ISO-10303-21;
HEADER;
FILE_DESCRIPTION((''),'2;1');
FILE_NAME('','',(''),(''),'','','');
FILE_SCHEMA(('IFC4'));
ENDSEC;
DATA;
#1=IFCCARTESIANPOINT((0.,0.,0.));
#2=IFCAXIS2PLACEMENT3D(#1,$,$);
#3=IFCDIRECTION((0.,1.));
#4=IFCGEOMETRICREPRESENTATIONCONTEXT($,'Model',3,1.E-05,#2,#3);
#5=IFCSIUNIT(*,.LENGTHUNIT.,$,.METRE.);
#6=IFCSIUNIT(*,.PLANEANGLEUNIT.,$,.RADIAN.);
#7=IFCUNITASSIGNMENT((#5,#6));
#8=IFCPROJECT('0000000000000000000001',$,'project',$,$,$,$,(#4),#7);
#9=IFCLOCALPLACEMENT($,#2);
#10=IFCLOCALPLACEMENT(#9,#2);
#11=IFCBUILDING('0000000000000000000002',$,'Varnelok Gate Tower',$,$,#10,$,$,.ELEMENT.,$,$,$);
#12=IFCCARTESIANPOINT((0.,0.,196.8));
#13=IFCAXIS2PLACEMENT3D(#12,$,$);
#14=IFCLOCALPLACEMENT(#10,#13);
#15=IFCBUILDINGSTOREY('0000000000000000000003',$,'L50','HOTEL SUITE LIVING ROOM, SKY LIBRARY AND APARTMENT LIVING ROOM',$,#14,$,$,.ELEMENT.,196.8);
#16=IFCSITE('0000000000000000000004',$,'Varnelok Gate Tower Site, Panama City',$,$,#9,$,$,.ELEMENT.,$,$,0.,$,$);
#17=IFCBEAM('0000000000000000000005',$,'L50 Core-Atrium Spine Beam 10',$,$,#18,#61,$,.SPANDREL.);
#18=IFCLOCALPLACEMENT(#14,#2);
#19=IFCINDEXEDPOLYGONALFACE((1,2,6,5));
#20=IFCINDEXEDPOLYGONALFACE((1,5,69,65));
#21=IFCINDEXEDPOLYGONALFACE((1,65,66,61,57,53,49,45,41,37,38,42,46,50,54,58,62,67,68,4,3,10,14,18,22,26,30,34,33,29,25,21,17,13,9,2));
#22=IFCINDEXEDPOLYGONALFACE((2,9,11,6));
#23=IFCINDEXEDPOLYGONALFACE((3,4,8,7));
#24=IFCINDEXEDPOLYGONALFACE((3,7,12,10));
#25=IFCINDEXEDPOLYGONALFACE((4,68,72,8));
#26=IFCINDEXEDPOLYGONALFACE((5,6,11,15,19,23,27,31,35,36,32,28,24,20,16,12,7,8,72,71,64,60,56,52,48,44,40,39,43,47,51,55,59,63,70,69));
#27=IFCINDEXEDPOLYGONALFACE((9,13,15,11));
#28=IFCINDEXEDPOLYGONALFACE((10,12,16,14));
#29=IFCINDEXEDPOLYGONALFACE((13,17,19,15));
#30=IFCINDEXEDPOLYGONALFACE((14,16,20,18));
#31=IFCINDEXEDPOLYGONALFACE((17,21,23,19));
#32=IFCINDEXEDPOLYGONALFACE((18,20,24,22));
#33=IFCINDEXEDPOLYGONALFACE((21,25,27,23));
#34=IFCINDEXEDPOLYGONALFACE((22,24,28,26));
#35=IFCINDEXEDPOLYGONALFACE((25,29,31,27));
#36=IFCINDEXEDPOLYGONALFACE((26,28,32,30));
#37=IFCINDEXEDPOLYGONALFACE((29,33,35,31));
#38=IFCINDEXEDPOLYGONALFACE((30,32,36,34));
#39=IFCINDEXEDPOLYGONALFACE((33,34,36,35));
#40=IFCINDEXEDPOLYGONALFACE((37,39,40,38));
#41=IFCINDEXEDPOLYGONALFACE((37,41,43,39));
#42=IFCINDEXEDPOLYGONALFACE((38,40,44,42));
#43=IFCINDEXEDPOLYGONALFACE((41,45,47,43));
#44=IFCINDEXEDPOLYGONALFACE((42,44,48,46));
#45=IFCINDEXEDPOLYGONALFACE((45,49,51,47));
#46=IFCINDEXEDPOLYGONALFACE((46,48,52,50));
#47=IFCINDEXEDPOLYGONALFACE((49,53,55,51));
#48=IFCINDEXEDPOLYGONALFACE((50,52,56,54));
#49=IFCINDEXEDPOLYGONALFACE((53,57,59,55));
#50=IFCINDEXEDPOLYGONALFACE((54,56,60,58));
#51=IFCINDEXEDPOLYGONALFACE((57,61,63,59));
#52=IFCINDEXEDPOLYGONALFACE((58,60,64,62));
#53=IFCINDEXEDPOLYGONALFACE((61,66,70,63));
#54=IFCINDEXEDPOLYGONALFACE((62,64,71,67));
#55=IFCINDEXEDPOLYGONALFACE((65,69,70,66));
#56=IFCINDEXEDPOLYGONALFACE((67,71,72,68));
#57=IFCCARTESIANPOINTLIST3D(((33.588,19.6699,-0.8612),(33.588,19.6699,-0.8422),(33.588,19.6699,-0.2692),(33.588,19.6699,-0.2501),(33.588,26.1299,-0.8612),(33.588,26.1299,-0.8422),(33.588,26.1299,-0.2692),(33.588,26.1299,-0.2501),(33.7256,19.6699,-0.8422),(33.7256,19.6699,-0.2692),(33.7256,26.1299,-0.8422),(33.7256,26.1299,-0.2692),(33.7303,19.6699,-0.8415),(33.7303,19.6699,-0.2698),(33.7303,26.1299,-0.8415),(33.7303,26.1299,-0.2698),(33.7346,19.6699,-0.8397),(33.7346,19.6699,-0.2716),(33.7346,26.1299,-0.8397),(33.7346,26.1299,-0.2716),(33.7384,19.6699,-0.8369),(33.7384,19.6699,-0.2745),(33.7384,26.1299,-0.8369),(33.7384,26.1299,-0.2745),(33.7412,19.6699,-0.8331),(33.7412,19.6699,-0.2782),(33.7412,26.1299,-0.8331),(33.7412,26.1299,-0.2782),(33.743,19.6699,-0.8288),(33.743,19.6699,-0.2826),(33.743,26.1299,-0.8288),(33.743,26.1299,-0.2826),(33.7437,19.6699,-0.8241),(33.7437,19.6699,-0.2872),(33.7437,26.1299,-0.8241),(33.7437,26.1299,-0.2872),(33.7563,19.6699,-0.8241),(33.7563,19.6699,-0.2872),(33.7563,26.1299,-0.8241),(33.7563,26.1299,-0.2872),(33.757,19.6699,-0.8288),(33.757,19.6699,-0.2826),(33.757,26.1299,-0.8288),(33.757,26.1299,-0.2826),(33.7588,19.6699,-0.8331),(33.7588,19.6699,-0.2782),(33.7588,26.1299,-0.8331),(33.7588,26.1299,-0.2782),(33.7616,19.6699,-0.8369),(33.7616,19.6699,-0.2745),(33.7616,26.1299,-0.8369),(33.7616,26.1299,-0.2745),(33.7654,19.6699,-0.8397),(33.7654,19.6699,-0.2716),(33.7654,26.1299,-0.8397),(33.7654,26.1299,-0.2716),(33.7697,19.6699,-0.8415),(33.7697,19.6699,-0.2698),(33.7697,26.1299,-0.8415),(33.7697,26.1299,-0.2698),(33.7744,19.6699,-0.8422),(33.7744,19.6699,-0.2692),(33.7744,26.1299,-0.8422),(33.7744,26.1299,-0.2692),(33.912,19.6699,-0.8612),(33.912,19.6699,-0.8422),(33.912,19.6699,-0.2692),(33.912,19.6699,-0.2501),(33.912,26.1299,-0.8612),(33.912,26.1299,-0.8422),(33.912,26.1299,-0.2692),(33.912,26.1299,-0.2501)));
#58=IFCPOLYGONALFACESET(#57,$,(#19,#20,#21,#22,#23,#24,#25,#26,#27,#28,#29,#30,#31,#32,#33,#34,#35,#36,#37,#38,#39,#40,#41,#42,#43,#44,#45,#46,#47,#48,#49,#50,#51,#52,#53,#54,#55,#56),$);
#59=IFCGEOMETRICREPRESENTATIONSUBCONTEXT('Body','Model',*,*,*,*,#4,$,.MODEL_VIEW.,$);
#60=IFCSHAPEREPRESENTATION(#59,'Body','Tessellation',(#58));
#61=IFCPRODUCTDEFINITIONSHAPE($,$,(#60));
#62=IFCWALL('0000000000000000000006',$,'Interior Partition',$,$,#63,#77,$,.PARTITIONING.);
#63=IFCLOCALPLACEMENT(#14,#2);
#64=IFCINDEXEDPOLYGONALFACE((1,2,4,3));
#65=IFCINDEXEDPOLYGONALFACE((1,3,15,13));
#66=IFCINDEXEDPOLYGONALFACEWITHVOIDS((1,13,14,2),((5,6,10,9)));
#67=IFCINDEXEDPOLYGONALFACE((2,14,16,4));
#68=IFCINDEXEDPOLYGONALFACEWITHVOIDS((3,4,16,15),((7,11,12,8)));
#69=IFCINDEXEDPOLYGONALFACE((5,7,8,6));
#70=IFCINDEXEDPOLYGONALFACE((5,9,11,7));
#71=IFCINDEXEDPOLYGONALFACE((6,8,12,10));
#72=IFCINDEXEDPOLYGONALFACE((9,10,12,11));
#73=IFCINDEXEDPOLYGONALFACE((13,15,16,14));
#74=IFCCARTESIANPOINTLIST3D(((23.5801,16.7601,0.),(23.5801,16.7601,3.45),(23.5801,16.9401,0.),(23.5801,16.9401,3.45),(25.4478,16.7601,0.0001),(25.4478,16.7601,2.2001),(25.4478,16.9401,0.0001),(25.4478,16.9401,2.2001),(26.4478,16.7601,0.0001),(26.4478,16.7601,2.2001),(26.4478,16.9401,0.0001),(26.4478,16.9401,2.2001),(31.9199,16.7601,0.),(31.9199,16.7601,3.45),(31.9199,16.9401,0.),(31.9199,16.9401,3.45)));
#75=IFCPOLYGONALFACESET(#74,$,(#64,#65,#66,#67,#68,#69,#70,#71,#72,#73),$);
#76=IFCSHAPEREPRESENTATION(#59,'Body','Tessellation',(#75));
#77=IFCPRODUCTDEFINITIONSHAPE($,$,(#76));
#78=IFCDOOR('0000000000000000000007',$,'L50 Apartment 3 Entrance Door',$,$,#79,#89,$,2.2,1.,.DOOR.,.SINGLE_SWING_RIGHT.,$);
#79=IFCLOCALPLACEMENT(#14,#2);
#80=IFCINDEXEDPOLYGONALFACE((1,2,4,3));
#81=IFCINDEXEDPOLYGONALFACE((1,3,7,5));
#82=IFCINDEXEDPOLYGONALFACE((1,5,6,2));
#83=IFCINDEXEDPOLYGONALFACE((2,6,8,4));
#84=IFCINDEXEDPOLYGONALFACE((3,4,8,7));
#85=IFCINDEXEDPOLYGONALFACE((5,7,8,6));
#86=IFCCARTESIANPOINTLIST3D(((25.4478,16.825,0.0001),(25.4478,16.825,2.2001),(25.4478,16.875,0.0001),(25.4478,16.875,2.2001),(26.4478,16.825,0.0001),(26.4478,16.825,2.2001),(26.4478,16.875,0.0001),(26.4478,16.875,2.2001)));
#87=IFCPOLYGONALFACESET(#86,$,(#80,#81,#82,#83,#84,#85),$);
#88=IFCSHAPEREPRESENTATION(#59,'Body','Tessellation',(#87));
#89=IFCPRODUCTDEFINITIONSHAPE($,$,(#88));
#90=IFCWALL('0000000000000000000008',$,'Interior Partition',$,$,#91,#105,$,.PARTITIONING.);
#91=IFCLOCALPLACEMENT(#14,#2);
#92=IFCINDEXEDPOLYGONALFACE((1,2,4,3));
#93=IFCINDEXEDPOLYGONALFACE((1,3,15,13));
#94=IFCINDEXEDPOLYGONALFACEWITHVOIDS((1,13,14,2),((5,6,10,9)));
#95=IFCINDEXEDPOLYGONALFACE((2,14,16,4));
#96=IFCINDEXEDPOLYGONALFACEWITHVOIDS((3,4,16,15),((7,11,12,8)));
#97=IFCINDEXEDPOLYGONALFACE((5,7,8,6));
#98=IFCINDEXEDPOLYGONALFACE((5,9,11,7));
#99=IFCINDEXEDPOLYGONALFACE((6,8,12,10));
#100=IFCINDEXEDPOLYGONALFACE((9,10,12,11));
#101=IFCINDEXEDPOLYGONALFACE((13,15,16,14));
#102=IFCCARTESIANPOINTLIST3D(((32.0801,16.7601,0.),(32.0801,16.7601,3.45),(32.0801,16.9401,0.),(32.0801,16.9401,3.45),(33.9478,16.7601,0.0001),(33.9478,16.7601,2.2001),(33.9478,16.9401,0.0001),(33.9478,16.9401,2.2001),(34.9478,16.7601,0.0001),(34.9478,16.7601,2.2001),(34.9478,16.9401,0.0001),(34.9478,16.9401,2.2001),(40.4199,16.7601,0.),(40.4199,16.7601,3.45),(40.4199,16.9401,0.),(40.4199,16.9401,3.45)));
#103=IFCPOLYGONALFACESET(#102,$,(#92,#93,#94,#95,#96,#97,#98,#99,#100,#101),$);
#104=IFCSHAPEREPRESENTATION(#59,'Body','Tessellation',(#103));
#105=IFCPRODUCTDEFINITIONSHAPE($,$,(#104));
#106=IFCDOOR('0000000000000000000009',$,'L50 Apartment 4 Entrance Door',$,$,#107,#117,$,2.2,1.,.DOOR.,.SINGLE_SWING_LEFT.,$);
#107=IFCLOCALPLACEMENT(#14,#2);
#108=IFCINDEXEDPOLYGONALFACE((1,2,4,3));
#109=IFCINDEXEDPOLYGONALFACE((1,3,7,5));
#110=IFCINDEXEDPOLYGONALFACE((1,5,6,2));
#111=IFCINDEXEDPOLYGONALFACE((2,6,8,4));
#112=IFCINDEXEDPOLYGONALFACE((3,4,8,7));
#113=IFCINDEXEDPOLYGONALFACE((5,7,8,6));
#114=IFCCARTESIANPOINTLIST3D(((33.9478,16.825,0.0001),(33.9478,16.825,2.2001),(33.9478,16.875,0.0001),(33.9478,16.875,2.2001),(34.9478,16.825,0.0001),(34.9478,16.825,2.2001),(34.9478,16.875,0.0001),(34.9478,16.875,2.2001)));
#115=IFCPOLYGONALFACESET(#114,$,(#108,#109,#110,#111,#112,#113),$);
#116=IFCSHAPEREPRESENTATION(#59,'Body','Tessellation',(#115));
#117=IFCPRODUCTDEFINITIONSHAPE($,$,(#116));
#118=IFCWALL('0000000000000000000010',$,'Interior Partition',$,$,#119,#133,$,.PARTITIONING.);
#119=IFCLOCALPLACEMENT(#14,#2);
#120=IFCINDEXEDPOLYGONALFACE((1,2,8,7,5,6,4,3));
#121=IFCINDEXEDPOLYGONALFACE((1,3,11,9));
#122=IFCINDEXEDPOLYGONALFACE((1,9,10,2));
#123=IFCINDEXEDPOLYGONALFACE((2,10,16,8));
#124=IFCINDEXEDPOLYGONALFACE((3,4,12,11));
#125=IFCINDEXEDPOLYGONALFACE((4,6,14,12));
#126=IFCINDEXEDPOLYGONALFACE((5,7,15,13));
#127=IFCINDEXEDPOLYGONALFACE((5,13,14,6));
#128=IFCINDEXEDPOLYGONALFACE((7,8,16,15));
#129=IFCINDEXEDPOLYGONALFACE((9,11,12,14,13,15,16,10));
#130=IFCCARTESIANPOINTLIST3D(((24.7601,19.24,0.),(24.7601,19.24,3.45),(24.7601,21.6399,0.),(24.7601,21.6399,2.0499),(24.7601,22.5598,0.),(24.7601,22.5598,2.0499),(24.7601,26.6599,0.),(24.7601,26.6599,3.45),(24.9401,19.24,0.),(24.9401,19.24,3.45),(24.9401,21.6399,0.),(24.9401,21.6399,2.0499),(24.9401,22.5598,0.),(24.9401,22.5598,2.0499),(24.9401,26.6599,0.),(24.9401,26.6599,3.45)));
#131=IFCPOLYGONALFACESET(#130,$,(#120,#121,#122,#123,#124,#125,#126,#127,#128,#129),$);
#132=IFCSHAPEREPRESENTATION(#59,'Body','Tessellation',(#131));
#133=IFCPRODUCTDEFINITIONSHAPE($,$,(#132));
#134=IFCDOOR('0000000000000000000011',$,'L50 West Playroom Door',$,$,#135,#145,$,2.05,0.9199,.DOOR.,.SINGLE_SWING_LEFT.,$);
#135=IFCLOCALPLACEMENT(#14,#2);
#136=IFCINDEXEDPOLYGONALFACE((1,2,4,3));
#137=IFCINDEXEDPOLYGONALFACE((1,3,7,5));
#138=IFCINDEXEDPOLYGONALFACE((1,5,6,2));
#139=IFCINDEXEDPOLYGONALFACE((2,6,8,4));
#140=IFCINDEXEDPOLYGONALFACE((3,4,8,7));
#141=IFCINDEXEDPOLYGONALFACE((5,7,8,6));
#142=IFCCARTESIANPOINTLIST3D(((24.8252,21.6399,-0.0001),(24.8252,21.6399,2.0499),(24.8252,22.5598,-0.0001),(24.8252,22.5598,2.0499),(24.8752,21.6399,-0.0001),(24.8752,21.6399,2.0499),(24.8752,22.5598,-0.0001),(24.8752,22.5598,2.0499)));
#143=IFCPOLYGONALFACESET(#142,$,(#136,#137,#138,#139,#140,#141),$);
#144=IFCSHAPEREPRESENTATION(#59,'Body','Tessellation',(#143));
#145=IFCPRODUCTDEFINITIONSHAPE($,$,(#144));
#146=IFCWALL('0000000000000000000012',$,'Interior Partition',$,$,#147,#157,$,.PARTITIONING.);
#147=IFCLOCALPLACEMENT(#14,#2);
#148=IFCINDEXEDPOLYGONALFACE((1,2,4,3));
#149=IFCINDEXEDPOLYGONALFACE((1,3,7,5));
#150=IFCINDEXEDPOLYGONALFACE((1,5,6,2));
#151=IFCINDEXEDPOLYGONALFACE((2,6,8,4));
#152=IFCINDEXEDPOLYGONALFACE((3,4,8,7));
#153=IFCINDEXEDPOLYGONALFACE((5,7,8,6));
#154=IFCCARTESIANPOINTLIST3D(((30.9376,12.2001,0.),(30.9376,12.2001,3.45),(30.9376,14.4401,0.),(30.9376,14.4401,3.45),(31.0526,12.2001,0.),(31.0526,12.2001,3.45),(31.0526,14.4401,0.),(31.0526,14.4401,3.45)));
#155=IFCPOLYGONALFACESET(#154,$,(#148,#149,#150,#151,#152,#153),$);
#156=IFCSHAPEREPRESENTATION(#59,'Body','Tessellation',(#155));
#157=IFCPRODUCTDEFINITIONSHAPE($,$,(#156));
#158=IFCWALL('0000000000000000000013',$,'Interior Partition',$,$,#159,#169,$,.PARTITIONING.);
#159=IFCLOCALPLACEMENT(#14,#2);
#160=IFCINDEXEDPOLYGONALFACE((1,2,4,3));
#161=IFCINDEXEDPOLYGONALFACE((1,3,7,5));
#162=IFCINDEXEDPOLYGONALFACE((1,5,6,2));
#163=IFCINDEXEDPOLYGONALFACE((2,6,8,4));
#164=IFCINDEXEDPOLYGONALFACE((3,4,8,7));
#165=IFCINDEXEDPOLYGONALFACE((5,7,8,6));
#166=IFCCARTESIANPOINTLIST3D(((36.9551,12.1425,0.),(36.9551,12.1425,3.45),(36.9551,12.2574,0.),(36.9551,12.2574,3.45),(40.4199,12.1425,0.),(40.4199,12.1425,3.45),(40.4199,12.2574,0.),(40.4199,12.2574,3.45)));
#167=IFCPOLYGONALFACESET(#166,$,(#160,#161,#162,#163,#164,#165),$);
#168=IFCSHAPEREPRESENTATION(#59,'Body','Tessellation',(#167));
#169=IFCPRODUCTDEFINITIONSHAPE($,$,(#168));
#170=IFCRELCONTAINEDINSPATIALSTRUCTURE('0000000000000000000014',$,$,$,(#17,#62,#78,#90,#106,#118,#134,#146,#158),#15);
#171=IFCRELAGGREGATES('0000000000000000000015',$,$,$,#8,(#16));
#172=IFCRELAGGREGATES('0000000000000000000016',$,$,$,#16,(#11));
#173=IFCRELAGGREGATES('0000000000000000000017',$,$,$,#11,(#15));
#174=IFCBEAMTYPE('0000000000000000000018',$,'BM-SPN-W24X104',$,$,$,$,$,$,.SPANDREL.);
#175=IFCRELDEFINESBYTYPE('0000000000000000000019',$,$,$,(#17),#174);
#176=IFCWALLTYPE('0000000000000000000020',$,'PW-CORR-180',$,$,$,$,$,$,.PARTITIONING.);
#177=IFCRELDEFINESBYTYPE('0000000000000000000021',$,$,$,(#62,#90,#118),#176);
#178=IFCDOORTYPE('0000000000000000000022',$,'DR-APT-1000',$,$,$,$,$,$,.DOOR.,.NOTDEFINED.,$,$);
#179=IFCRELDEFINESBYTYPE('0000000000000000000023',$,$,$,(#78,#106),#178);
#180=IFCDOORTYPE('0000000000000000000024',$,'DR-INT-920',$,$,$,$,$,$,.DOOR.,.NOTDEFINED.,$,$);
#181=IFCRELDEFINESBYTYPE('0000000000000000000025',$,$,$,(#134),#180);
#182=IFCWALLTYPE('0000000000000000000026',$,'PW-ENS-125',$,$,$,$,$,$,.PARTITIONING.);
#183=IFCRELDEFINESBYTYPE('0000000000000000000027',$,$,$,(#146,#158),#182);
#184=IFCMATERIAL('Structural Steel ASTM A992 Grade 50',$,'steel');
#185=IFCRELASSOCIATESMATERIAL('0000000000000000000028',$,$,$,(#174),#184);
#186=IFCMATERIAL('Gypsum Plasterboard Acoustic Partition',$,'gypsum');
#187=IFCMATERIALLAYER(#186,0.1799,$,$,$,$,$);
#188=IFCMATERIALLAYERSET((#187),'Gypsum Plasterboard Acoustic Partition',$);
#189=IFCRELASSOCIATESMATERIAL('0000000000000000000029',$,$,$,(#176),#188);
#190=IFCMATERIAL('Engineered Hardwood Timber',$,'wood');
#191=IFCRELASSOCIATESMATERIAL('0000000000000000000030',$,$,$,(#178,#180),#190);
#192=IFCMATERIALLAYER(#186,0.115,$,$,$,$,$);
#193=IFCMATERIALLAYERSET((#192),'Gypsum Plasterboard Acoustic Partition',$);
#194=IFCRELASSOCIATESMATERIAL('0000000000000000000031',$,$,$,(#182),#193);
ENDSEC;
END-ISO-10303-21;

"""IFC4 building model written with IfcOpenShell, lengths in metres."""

from ifc_helpers import new_model, si_unit, direction, frame, frame_2d, origin, origin_2d, place, context, subcontext, project, spatial, rectangle, i_section, extrude, material, layer, layer_set, material_profile, profile_set, type_object, element, fill, save


model = new_model("IFC4")

# Units and contexts
model_context = context("Model", 3, precision=1e-05, world=origin(), true_north=direction((0.0, 1.0)))
body_context = subcontext(model_context, "Body", "Model", "MODEL_VIEW")
ifc_project = project(units=[si_unit("LENGTHUNIT", "METRE"), si_unit("PLANEANGLEUNIT", "RADIAN")], contexts=[model_context])

# Site, building, storey
site_placement = place(None, origin())
site = spatial("IfcSite", under=ifc_project, at=site_placement, Name="Varnelok Gate Tower Site, Panama City", CompositionType="ELEMENT", RefElevation=0.0)
building_placement = place(site_placement, origin())
building = spatial("IfcBuilding", under=site, at=building_placement, Name="Varnelok Gate Tower", CompositionType="ELEMENT")
storey_placement = place(building_placement, frame((0.0, 0.0, 196.8)))
storey = spatial("IfcBuildingStorey", under=building, at=storey_placement, Name="L50", Description="HOTEL SUITE LIVING ROOM, SKY LIBRARY AND APARTMENT LIVING ROOM", CompositionType="ELEMENT", Elevation=196.8)

# Shared definitions
ifc_material_1 = material(Name="Structural Steel ASTM A992 Grade 50", Category="steel")

# Beam
ifc_material_profile_1 = material_profile(ifc_material_1, i_section(OverallWidth=0.324, OverallDepth=0.6111, WebThickness=0.0127, FlangeThickness=0.019, FilletRadius=0.0181, at=origin_2d()), Name="W24X104")
ifc_profile_set_1 = profile_set([ifc_material_profile_1], Name="Structural Steel ASTM A992 Grade 50")
beam_type_1 = type_object("IfcBeamType", Name="BM-SPN-W24X104", PredefinedType="SPANDREL", material=ifc_profile_set_1)
beam_1_placement = place(storey_placement, frame((33.75, 19.6699, -0.5557), z_axis=(0.0, 1.0, 0.0), x_axis=(-1.0, 0.0, 0.0)))
element("IfcBeam", 1, at=beam_1_placement, inside=storey, type_object=beam_type_1, Name="L50 Core-Atrium Spine Beam 10", PredefinedType="SPANDREL", context=body_context, shape_type="SweptSolid", body=[
    extrude(i_section(OverallWidth=0.324, OverallDepth=0.6111, WebThickness=0.0127, FlangeThickness=0.019, FilletRadius=0.0181, at=origin_2d()), origin(), (0.0, 0.0, 1.0), 6.46),
])

# Walls, openings, doors
ifc_material_2 = material(Name="Gypsum Plasterboard Acoustic Partition", Category="gypsum")
ifc_layer_1 = layer(ifc_material_2, 0.1799)
ifc_layer_set_1 = layer_set([ifc_layer_1], Name="Gypsum Plasterboard Acoustic Partition")
wall_type_1 = type_object("IfcWallType", Name="PW-CORR-180", PredefinedType="PARTITIONING", material=ifc_layer_set_1)
wall_1_placement = place(storey_placement, frame((23.5801, 16.8501, 0.0), z_axis=(0.0, 0.0, 1.0), x_axis=(1.0, 0.0, 0.0)))
wall_1 = element("IfcWall", 2, at=wall_1_placement, inside=storey, type_object=wall_type_1, Name="Interior Partition", PredefinedType="PARTITIONING", context=body_context, shape_type="SweptSolid", body=[
    extrude(rectangle(XDim=8.3398, YDim=0.1799, at=frame_2d((4.1699, 0.0))), origin(), (0.0, 0.0, 1.0), 3.45),
])
opening_1_placement = place(wall_1_placement, frame((1.8677, 0.0, 0.0)))
opening_1 = element("IfcOpeningElement", 3, at=opening_1_placement, cuts=wall_1, PredefinedType="OPENING", context=body_context, shape_type="SweptSolid", body=[
    extrude(rectangle(XDim=1.0, YDim=2.2, at=frame_2d((0.5, 1.1001))), frame((0.0, 0.0999, 0.0), z_axis=(0.0, -1.0, 0.0), x_axis=(1.0, 0.0, 0.0)), (0.0, 0.0, 1.0), 0.2),
])
ifc_material_3 = material(Name="Engineered Hardwood Timber", Category="wood")
door_type_1 = type_object("IfcDoorType", Name="DR-APT-1000", OperationType="NOTDEFINED", PredefinedType="DOOR", material=ifc_material_3)
door_1_placement = place(opening_1_placement, origin())
door_1 = element("IfcDoor", 4, at=door_1_placement, inside=storey, type_object=door_type_1, Name="L50 Apartment 3 Entrance Door", OperationType="SINGLE_SWING_RIGHT", OverallHeight=2.2, OverallWidth=1.0, PredefinedType="DOOR", context=body_context, shape_type="SweptSolid", body=[
    extrude(rectangle(XDim=1.0, YDim=2.2, at=frame_2d((0.5, 1.1001))), frame((0.0, 0.0249, 0.0), z_axis=(0.0, -1.0, 0.0), x_axis=(1.0, 0.0, 0.0)), (0.0, 0.0, 1.0), 0.05),
])
fill(opening_1, door_1)
wall_2_placement = place(storey_placement, frame((32.0801, 16.8501, 0.0), z_axis=(0.0, 0.0, 1.0), x_axis=(1.0, 0.0, 0.0)))
wall_2 = element("IfcWall", 5, at=wall_2_placement, inside=storey, type_object=wall_type_1, Name="Interior Partition", PredefinedType="PARTITIONING", context=body_context, shape_type="SweptSolid", body=[
    extrude(rectangle(XDim=8.3398, YDim=0.1799, at=frame_2d((4.1699, 0.0))), origin(), (0.0, 0.0, 1.0), 3.45),
])
opening_2_placement = place(wall_2_placement, frame((1.8677, 0.0, 0.0)))
opening_2 = element("IfcOpeningElement", 6, at=opening_2_placement, cuts=wall_2, PredefinedType="OPENING", context=body_context, shape_type="SweptSolid", body=[
    extrude(rectangle(XDim=1.0, YDim=2.2, at=frame_2d((0.5, 1.1001))), frame((0.0, 0.0999, 0.0), z_axis=(0.0, -1.0, 0.0), x_axis=(1.0, 0.0, 0.0)), (0.0, 0.0, 1.0), 0.2),
])
door_2_placement = place(opening_2_placement, origin())
door_2 = element("IfcDoor", 7, at=door_2_placement, inside=storey, type_object=door_type_1, Name="L50 Apartment 4 Entrance Door", OperationType="SINGLE_SWING_LEFT", OverallHeight=2.2, OverallWidth=1.0, PredefinedType="DOOR", context=body_context, shape_type="SweptSolid", body=[
    extrude(rectangle(XDim=1.0, YDim=2.2, at=frame_2d((0.5, 1.1001))), frame((0.0, 0.0249, 0.0), z_axis=(0.0, -1.0, 0.0), x_axis=(1.0, 0.0, 0.0)), (0.0, 0.0, 1.0), 0.05),
])
fill(opening_2, door_2)
wall_3_placement = place(storey_placement, frame((24.8501, 19.24, 0.0), z_axis=(0.0, 0.0, 1.0), x_axis=(0.0, 1.0, 0.0)))
wall_3 = element("IfcWall", 8, at=wall_3_placement, inside=storey, type_object=wall_type_1, Name="Interior Partition", PredefinedType="PARTITIONING", context=body_context, shape_type="SweptSolid", body=[
    extrude(rectangle(XDim=7.4199, YDim=0.1799, at=frame_2d((3.71, 0.0))), origin(), (0.0, 0.0, 1.0), 3.45),
])
opening_3_placement = place(wall_3_placement, frame((2.3999, 0.0, 0.0)))
opening_3 = element("IfcOpeningElement", 9, at=opening_3_placement, cuts=wall_3, PredefinedType="OPENING", context=body_context, shape_type="SweptSolid", body=[
    extrude(rectangle(XDim=0.9199, YDim=2.05, at=frame_2d((0.46, 1.0249))), frame((0.0, 0.0999, 0.0), z_axis=(0.0, -1.0, 0.0), x_axis=(1.0, 0.0, 0.0)), (0.0, 0.0, 1.0), 0.2),
])
door_type_2 = type_object("IfcDoorType", Name="DR-INT-920", OperationType="NOTDEFINED", PredefinedType="DOOR", material=ifc_material_3)
door_3_placement = place(opening_3_placement, origin())
door_3 = element("IfcDoor", 10, at=door_3_placement, inside=storey, type_object=door_type_2, Name="L50 West Playroom Door", OperationType="SINGLE_SWING_LEFT", OverallHeight=2.05, OverallWidth=0.9199, PredefinedType="DOOR", context=body_context, shape_type="SweptSolid", body=[
    extrude(rectangle(XDim=0.9199, YDim=2.05, at=frame_2d((0.46, 1.0249))), frame((0.0, 0.0249, 0.0), z_axis=(0.0, -1.0, 0.0), x_axis=(1.0, 0.0, 0.0)), (0.0, 0.0, 1.0), 0.05),
])
fill(opening_3, door_3)

# Walls
ifc_layer_2 = layer(ifc_material_2, 0.115)
ifc_layer_set_2 = layer_set([ifc_layer_2], Name="Gypsum Plasterboard Acoustic Partition")
wall_type_2 = type_object("IfcWallType", Name="PW-ENS-125", PredefinedType="PARTITIONING", material=ifc_layer_set_2)
wall_4_placement = place(storey_placement, frame((30.9951, 12.2, 0.0), z_axis=(0.0, 0.0, 1.0), x_axis=(0.0, 1.0, 0.0)))
element("IfcWall", 11, at=wall_4_placement, inside=storey, type_object=wall_type_2, Name="Interior Partition", PredefinedType="PARTITIONING", context=body_context, shape_type="SweptSolid", body=[
    extrude(rectangle(XDim=2.24, YDim=0.115, at=frame_2d((1.1201, 0.0))), origin(), (0.0, 0.0, 1.0), 3.45),
])
wall_5_placement = place(storey_placement, frame((36.9551, 12.2, 0.0), z_axis=(0.0, 0.0, 1.0), x_axis=(1.0, 0.0, 0.0)))
element("IfcWall", 12, at=wall_5_placement, inside=storey, type_object=wall_type_2, Name="Interior Partition", PredefinedType="PARTITIONING", context=body_context, shape_type="SweptSolid", body=[
    extrude(rectangle(XDim=3.4648, YDim=0.115, at=frame_2d((1.7324, 0.0))), origin(), (0.0, 0.0, 1.0), 3.45),
])

save(model, "model.ifc")
